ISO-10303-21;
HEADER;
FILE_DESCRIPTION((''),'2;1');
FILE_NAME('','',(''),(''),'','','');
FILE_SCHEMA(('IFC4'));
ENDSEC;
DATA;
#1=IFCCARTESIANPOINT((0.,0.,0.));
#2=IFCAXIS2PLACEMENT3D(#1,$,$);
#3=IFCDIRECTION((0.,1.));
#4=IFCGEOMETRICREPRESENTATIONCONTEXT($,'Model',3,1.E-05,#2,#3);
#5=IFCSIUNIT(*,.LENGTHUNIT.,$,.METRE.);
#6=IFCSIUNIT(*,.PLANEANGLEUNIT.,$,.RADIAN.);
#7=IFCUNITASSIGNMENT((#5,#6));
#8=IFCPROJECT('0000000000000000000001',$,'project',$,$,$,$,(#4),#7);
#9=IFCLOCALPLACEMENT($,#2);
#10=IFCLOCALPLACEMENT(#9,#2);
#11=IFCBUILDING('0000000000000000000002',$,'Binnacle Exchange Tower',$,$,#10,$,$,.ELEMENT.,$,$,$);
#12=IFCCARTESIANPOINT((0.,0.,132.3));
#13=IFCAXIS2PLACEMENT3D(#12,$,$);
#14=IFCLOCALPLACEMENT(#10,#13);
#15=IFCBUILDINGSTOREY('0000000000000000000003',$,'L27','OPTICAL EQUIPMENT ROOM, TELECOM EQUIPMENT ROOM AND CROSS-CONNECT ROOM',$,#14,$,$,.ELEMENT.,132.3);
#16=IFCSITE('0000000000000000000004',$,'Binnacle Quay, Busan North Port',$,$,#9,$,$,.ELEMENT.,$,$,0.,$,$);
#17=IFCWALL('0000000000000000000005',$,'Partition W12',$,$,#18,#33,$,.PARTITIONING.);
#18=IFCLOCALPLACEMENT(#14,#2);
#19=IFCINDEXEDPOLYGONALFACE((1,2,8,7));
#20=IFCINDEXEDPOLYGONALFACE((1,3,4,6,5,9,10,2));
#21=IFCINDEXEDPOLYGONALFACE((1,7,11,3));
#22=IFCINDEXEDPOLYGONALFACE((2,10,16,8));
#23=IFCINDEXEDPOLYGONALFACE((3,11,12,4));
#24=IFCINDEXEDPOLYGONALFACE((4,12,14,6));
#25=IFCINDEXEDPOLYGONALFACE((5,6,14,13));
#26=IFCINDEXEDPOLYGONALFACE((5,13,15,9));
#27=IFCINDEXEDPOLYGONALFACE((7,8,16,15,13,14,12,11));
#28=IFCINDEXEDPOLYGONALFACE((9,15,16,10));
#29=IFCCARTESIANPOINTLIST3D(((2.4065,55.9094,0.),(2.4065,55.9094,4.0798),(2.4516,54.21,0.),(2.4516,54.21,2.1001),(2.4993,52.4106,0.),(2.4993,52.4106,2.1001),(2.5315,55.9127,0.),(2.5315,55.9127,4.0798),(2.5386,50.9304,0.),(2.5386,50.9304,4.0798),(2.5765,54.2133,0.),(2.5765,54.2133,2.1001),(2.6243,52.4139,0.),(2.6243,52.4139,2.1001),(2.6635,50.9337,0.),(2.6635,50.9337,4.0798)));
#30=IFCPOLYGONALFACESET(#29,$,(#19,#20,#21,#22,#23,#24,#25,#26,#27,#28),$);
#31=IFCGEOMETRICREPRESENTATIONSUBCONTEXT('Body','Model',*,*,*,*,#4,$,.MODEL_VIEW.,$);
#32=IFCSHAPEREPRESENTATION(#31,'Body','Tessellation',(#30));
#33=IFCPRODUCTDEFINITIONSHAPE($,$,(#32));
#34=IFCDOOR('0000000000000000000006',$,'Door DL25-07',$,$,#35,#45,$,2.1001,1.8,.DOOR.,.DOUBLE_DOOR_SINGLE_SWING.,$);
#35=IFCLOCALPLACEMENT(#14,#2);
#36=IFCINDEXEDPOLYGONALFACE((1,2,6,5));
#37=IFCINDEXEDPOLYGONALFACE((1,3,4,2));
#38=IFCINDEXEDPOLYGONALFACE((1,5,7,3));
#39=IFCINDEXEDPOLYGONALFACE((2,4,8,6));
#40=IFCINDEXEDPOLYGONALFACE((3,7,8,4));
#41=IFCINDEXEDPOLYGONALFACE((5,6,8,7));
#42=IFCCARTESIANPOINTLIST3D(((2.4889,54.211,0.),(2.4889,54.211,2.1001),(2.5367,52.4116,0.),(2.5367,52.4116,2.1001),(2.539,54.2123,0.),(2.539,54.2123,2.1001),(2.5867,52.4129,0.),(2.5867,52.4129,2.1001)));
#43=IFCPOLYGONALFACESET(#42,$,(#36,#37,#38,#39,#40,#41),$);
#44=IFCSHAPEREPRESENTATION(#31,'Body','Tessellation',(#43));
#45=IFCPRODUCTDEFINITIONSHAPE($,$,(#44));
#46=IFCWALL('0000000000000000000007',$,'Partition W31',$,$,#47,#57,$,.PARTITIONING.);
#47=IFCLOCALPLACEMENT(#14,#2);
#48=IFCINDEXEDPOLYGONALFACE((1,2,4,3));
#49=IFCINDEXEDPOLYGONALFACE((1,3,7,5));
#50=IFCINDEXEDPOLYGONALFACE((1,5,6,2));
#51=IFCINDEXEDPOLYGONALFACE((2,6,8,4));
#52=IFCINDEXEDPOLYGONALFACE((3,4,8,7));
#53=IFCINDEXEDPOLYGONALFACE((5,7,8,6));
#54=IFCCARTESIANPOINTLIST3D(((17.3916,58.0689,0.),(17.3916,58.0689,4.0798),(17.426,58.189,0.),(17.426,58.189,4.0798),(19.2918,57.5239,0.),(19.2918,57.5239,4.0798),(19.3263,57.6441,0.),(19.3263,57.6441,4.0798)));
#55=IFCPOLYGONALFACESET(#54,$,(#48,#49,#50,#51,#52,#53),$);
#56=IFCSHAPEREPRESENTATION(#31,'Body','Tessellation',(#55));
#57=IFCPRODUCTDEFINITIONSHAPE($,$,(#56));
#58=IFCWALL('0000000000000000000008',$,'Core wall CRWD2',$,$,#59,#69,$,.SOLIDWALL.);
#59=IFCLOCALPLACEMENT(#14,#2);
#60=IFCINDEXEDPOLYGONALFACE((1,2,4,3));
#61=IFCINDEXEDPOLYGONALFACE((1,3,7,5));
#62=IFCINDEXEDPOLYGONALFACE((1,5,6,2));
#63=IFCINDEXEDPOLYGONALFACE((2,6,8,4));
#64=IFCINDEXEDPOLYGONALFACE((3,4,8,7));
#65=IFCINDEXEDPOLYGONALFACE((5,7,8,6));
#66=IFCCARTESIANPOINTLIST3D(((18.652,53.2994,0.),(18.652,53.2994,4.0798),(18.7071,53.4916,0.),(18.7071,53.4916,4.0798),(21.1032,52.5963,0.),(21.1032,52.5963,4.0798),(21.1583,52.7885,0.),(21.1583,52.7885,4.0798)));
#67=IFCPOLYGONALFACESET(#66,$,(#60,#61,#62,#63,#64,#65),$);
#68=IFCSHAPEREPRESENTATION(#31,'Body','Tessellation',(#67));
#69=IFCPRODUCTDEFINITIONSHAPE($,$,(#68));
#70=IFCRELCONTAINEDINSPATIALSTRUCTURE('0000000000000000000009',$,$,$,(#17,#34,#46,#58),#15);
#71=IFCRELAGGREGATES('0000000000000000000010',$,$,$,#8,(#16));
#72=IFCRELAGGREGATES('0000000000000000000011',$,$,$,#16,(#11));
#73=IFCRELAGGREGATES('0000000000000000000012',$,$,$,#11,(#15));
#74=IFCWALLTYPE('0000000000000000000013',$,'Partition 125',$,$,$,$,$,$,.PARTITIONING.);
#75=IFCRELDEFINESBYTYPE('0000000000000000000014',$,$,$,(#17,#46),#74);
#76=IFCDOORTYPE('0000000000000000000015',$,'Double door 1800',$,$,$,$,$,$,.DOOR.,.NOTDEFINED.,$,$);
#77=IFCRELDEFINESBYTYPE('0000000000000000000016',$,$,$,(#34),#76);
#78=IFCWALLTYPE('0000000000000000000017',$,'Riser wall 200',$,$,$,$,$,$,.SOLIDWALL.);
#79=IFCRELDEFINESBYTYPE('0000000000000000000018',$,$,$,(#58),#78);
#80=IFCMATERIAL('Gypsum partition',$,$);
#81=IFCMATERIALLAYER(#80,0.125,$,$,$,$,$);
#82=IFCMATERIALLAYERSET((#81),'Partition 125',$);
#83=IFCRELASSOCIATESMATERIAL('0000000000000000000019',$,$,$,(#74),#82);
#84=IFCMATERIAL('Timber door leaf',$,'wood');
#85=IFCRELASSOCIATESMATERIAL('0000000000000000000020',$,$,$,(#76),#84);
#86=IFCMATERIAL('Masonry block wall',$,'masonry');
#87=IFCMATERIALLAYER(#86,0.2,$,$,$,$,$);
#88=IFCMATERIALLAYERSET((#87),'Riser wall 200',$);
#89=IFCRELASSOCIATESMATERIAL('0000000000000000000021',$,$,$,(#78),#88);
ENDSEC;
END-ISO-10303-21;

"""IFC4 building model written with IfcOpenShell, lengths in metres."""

from ifc_helpers import new_model, si_unit, direction, frame, frame_2d, origin, place, context, subcontext, project, spatial, rectangle, extrude, material, layer, layer_set, type_object, element, fill, save


model = new_model("IFC4")

# Units and contexts
model_context = context("Model", 3, precision=1e-05, world=origin(), true_north=direction((0.0, 1.0)))
body_context = subcontext(model_context, "Body", "Model", "MODEL_VIEW")
ifc_project = project(units=[si_unit("LENGTHUNIT", "METRE"), si_unit("PLANEANGLEUNIT", "RADIAN")], contexts=[model_context])

# Site, building, storey
site_placement = place(None, origin())
site = spatial("IfcSite", under=ifc_project, at=site_placement, Name="Binnacle Quay, Busan North Port", CompositionType="ELEMENT", RefElevation=0.0)
building_placement = place(site_placement, origin())
building = spatial("IfcBuilding", under=site, at=building_placement, Name="Binnacle Exchange Tower", CompositionType="ELEMENT")
storey_placement = place(building_placement, frame((0.0, 0.0, 132.3)))
storey = spatial("IfcBuildingStorey", under=building, at=storey_placement, Name="L27", Description="OPTICAL EQUIPMENT ROOM, TELECOM EQUIPMENT ROOM AND CROSS-CONNECT ROOM", CompositionType="ELEMENT", Elevation=132.3)

# Shared definitions
ifc_material_1 = material(Name="Gypsum partition")
ifc_layer_1 = layer(ifc_material_1, 0.125)
ifc_layer_set_1 = layer_set([ifc_layer_1], Name="Partition 125")
wall_type_1 = type_object("IfcWallType", Name="Partition 125", PredefinedType="PARTITIONING", material=ifc_layer_set_1)

# Wall, opening, door
wall_1_placement = place(storey_placement, frame((2.469, 55.9109, 0.0), z_axis=(0.0, 0.0, 1.0), x_axis=(0.026518, -0.999648, 0.0)))
wall_1 = element("IfcWall", 1, at=wall_1_placement, inside=storey, type_object=wall_type_1, Name="Partition W12", PredefinedType="PARTITIONING", context=body_context, shape_type="SweptSolid", body=[
    extrude(rectangle(XDim=4.9807, YDim=0.125, at=frame_2d((2.4902, 0.0))), origin(), (0.0, 0.0, 1.0), 4.0798),
])
opening_1_placement = place(wall_1_placement, frame((1.7, 0.0, 0.0)))
opening_1 = element("IfcOpeningElement", 2, at=opening_1_placement, cuts=wall_1, PredefinedType="OPENING", context=body_context, shape_type="SweptSolid", body=[
    extrude(rectangle(XDim=1.8, YDim=2.1001, at=frame_2d((0.8999, 1.05))), frame((0.0, 0.0725, 0.0), z_axis=(0.0, -1.0, 0.0), x_axis=(1.0, 0.0, 0.0)), (0.0, 0.0, 1.0), 0.145),
])
ifc_material_2 = material(Name="Timber door leaf", Category="wood")
door_type = type_object("IfcDoorType", Name="Double door 1800", OperationType="NOTDEFINED", PredefinedType="DOOR", material=ifc_material_2)
door_placement = place(opening_1_placement, origin())
door = element("IfcDoor", 3, at=door_placement, inside=storey, type_object=door_type, Name="Door DL25-07", OperationType="DOUBLE_DOOR_SINGLE_SWING", OverallHeight=2.1001, OverallWidth=1.8, PredefinedType="DOOR", context=body_context, shape_type="SweptSolid", body=[
    extrude(rectangle(XDim=1.8, YDim=2.1001, at=frame_2d((0.8999, 1.05))), frame((0.0, 0.0249, 0.0), z_axis=(0.0, -1.0, 0.0), x_axis=(1.0, 0.0, 0.0)), (0.0, 0.0, 1.0), 0.05),
])
fill(opening_1, door)

# Walls
wall_2_placement = place(storey_placement, frame((17.4089, 58.1289, 0.0), z_axis=(0.0, 0.0, 1.0), x_axis=(0.961253, -0.275667, 0.0)))
element("IfcWall", 4, at=wall_2_placement, inside=storey, type_object=wall_type_1, Name="Partition W31", PredefinedType="PARTITIONING", context=body_context, shape_type="SweptSolid", body=[
    extrude(rectangle(XDim=1.9768, YDim=0.125, at=frame_2d((0.9883, 0.0))), origin(), (0.0, 0.0, 1.0), 4.0798),
])
ifc_material_3 = material(Name="Masonry block wall", Category="masonry")
ifc_layer_2 = layer(ifc_material_3, 0.2)
ifc_layer_set_2 = layer_set([ifc_layer_2], Name="Riser wall 200")
wall_type_2 = type_object("IfcWallType", Name="Riser wall 200", PredefinedType="SOLIDWALL", material=ifc_layer_set_2)
wall_3_placement = place(storey_placement, frame((18.6797, 53.3955, 0.0), z_axis=(0.0, 0.0, 1.0), x_axis=(0.961234, -0.275733, 0.0)))
element("IfcWall", 5, at=wall_3_placement, inside=storey, type_object=wall_type_2, Name="Core wall CRWD2", PredefinedType="SOLIDWALL", context=body_context, shape_type="SweptSolid", body=[
    extrude(rectangle(XDim=2.55, YDim=0.2, at=frame_2d((1.2749, 0.0))), origin(), (0.0, 0.0, 1.0), 4.0798),
])

save(model, "model.ifc")
